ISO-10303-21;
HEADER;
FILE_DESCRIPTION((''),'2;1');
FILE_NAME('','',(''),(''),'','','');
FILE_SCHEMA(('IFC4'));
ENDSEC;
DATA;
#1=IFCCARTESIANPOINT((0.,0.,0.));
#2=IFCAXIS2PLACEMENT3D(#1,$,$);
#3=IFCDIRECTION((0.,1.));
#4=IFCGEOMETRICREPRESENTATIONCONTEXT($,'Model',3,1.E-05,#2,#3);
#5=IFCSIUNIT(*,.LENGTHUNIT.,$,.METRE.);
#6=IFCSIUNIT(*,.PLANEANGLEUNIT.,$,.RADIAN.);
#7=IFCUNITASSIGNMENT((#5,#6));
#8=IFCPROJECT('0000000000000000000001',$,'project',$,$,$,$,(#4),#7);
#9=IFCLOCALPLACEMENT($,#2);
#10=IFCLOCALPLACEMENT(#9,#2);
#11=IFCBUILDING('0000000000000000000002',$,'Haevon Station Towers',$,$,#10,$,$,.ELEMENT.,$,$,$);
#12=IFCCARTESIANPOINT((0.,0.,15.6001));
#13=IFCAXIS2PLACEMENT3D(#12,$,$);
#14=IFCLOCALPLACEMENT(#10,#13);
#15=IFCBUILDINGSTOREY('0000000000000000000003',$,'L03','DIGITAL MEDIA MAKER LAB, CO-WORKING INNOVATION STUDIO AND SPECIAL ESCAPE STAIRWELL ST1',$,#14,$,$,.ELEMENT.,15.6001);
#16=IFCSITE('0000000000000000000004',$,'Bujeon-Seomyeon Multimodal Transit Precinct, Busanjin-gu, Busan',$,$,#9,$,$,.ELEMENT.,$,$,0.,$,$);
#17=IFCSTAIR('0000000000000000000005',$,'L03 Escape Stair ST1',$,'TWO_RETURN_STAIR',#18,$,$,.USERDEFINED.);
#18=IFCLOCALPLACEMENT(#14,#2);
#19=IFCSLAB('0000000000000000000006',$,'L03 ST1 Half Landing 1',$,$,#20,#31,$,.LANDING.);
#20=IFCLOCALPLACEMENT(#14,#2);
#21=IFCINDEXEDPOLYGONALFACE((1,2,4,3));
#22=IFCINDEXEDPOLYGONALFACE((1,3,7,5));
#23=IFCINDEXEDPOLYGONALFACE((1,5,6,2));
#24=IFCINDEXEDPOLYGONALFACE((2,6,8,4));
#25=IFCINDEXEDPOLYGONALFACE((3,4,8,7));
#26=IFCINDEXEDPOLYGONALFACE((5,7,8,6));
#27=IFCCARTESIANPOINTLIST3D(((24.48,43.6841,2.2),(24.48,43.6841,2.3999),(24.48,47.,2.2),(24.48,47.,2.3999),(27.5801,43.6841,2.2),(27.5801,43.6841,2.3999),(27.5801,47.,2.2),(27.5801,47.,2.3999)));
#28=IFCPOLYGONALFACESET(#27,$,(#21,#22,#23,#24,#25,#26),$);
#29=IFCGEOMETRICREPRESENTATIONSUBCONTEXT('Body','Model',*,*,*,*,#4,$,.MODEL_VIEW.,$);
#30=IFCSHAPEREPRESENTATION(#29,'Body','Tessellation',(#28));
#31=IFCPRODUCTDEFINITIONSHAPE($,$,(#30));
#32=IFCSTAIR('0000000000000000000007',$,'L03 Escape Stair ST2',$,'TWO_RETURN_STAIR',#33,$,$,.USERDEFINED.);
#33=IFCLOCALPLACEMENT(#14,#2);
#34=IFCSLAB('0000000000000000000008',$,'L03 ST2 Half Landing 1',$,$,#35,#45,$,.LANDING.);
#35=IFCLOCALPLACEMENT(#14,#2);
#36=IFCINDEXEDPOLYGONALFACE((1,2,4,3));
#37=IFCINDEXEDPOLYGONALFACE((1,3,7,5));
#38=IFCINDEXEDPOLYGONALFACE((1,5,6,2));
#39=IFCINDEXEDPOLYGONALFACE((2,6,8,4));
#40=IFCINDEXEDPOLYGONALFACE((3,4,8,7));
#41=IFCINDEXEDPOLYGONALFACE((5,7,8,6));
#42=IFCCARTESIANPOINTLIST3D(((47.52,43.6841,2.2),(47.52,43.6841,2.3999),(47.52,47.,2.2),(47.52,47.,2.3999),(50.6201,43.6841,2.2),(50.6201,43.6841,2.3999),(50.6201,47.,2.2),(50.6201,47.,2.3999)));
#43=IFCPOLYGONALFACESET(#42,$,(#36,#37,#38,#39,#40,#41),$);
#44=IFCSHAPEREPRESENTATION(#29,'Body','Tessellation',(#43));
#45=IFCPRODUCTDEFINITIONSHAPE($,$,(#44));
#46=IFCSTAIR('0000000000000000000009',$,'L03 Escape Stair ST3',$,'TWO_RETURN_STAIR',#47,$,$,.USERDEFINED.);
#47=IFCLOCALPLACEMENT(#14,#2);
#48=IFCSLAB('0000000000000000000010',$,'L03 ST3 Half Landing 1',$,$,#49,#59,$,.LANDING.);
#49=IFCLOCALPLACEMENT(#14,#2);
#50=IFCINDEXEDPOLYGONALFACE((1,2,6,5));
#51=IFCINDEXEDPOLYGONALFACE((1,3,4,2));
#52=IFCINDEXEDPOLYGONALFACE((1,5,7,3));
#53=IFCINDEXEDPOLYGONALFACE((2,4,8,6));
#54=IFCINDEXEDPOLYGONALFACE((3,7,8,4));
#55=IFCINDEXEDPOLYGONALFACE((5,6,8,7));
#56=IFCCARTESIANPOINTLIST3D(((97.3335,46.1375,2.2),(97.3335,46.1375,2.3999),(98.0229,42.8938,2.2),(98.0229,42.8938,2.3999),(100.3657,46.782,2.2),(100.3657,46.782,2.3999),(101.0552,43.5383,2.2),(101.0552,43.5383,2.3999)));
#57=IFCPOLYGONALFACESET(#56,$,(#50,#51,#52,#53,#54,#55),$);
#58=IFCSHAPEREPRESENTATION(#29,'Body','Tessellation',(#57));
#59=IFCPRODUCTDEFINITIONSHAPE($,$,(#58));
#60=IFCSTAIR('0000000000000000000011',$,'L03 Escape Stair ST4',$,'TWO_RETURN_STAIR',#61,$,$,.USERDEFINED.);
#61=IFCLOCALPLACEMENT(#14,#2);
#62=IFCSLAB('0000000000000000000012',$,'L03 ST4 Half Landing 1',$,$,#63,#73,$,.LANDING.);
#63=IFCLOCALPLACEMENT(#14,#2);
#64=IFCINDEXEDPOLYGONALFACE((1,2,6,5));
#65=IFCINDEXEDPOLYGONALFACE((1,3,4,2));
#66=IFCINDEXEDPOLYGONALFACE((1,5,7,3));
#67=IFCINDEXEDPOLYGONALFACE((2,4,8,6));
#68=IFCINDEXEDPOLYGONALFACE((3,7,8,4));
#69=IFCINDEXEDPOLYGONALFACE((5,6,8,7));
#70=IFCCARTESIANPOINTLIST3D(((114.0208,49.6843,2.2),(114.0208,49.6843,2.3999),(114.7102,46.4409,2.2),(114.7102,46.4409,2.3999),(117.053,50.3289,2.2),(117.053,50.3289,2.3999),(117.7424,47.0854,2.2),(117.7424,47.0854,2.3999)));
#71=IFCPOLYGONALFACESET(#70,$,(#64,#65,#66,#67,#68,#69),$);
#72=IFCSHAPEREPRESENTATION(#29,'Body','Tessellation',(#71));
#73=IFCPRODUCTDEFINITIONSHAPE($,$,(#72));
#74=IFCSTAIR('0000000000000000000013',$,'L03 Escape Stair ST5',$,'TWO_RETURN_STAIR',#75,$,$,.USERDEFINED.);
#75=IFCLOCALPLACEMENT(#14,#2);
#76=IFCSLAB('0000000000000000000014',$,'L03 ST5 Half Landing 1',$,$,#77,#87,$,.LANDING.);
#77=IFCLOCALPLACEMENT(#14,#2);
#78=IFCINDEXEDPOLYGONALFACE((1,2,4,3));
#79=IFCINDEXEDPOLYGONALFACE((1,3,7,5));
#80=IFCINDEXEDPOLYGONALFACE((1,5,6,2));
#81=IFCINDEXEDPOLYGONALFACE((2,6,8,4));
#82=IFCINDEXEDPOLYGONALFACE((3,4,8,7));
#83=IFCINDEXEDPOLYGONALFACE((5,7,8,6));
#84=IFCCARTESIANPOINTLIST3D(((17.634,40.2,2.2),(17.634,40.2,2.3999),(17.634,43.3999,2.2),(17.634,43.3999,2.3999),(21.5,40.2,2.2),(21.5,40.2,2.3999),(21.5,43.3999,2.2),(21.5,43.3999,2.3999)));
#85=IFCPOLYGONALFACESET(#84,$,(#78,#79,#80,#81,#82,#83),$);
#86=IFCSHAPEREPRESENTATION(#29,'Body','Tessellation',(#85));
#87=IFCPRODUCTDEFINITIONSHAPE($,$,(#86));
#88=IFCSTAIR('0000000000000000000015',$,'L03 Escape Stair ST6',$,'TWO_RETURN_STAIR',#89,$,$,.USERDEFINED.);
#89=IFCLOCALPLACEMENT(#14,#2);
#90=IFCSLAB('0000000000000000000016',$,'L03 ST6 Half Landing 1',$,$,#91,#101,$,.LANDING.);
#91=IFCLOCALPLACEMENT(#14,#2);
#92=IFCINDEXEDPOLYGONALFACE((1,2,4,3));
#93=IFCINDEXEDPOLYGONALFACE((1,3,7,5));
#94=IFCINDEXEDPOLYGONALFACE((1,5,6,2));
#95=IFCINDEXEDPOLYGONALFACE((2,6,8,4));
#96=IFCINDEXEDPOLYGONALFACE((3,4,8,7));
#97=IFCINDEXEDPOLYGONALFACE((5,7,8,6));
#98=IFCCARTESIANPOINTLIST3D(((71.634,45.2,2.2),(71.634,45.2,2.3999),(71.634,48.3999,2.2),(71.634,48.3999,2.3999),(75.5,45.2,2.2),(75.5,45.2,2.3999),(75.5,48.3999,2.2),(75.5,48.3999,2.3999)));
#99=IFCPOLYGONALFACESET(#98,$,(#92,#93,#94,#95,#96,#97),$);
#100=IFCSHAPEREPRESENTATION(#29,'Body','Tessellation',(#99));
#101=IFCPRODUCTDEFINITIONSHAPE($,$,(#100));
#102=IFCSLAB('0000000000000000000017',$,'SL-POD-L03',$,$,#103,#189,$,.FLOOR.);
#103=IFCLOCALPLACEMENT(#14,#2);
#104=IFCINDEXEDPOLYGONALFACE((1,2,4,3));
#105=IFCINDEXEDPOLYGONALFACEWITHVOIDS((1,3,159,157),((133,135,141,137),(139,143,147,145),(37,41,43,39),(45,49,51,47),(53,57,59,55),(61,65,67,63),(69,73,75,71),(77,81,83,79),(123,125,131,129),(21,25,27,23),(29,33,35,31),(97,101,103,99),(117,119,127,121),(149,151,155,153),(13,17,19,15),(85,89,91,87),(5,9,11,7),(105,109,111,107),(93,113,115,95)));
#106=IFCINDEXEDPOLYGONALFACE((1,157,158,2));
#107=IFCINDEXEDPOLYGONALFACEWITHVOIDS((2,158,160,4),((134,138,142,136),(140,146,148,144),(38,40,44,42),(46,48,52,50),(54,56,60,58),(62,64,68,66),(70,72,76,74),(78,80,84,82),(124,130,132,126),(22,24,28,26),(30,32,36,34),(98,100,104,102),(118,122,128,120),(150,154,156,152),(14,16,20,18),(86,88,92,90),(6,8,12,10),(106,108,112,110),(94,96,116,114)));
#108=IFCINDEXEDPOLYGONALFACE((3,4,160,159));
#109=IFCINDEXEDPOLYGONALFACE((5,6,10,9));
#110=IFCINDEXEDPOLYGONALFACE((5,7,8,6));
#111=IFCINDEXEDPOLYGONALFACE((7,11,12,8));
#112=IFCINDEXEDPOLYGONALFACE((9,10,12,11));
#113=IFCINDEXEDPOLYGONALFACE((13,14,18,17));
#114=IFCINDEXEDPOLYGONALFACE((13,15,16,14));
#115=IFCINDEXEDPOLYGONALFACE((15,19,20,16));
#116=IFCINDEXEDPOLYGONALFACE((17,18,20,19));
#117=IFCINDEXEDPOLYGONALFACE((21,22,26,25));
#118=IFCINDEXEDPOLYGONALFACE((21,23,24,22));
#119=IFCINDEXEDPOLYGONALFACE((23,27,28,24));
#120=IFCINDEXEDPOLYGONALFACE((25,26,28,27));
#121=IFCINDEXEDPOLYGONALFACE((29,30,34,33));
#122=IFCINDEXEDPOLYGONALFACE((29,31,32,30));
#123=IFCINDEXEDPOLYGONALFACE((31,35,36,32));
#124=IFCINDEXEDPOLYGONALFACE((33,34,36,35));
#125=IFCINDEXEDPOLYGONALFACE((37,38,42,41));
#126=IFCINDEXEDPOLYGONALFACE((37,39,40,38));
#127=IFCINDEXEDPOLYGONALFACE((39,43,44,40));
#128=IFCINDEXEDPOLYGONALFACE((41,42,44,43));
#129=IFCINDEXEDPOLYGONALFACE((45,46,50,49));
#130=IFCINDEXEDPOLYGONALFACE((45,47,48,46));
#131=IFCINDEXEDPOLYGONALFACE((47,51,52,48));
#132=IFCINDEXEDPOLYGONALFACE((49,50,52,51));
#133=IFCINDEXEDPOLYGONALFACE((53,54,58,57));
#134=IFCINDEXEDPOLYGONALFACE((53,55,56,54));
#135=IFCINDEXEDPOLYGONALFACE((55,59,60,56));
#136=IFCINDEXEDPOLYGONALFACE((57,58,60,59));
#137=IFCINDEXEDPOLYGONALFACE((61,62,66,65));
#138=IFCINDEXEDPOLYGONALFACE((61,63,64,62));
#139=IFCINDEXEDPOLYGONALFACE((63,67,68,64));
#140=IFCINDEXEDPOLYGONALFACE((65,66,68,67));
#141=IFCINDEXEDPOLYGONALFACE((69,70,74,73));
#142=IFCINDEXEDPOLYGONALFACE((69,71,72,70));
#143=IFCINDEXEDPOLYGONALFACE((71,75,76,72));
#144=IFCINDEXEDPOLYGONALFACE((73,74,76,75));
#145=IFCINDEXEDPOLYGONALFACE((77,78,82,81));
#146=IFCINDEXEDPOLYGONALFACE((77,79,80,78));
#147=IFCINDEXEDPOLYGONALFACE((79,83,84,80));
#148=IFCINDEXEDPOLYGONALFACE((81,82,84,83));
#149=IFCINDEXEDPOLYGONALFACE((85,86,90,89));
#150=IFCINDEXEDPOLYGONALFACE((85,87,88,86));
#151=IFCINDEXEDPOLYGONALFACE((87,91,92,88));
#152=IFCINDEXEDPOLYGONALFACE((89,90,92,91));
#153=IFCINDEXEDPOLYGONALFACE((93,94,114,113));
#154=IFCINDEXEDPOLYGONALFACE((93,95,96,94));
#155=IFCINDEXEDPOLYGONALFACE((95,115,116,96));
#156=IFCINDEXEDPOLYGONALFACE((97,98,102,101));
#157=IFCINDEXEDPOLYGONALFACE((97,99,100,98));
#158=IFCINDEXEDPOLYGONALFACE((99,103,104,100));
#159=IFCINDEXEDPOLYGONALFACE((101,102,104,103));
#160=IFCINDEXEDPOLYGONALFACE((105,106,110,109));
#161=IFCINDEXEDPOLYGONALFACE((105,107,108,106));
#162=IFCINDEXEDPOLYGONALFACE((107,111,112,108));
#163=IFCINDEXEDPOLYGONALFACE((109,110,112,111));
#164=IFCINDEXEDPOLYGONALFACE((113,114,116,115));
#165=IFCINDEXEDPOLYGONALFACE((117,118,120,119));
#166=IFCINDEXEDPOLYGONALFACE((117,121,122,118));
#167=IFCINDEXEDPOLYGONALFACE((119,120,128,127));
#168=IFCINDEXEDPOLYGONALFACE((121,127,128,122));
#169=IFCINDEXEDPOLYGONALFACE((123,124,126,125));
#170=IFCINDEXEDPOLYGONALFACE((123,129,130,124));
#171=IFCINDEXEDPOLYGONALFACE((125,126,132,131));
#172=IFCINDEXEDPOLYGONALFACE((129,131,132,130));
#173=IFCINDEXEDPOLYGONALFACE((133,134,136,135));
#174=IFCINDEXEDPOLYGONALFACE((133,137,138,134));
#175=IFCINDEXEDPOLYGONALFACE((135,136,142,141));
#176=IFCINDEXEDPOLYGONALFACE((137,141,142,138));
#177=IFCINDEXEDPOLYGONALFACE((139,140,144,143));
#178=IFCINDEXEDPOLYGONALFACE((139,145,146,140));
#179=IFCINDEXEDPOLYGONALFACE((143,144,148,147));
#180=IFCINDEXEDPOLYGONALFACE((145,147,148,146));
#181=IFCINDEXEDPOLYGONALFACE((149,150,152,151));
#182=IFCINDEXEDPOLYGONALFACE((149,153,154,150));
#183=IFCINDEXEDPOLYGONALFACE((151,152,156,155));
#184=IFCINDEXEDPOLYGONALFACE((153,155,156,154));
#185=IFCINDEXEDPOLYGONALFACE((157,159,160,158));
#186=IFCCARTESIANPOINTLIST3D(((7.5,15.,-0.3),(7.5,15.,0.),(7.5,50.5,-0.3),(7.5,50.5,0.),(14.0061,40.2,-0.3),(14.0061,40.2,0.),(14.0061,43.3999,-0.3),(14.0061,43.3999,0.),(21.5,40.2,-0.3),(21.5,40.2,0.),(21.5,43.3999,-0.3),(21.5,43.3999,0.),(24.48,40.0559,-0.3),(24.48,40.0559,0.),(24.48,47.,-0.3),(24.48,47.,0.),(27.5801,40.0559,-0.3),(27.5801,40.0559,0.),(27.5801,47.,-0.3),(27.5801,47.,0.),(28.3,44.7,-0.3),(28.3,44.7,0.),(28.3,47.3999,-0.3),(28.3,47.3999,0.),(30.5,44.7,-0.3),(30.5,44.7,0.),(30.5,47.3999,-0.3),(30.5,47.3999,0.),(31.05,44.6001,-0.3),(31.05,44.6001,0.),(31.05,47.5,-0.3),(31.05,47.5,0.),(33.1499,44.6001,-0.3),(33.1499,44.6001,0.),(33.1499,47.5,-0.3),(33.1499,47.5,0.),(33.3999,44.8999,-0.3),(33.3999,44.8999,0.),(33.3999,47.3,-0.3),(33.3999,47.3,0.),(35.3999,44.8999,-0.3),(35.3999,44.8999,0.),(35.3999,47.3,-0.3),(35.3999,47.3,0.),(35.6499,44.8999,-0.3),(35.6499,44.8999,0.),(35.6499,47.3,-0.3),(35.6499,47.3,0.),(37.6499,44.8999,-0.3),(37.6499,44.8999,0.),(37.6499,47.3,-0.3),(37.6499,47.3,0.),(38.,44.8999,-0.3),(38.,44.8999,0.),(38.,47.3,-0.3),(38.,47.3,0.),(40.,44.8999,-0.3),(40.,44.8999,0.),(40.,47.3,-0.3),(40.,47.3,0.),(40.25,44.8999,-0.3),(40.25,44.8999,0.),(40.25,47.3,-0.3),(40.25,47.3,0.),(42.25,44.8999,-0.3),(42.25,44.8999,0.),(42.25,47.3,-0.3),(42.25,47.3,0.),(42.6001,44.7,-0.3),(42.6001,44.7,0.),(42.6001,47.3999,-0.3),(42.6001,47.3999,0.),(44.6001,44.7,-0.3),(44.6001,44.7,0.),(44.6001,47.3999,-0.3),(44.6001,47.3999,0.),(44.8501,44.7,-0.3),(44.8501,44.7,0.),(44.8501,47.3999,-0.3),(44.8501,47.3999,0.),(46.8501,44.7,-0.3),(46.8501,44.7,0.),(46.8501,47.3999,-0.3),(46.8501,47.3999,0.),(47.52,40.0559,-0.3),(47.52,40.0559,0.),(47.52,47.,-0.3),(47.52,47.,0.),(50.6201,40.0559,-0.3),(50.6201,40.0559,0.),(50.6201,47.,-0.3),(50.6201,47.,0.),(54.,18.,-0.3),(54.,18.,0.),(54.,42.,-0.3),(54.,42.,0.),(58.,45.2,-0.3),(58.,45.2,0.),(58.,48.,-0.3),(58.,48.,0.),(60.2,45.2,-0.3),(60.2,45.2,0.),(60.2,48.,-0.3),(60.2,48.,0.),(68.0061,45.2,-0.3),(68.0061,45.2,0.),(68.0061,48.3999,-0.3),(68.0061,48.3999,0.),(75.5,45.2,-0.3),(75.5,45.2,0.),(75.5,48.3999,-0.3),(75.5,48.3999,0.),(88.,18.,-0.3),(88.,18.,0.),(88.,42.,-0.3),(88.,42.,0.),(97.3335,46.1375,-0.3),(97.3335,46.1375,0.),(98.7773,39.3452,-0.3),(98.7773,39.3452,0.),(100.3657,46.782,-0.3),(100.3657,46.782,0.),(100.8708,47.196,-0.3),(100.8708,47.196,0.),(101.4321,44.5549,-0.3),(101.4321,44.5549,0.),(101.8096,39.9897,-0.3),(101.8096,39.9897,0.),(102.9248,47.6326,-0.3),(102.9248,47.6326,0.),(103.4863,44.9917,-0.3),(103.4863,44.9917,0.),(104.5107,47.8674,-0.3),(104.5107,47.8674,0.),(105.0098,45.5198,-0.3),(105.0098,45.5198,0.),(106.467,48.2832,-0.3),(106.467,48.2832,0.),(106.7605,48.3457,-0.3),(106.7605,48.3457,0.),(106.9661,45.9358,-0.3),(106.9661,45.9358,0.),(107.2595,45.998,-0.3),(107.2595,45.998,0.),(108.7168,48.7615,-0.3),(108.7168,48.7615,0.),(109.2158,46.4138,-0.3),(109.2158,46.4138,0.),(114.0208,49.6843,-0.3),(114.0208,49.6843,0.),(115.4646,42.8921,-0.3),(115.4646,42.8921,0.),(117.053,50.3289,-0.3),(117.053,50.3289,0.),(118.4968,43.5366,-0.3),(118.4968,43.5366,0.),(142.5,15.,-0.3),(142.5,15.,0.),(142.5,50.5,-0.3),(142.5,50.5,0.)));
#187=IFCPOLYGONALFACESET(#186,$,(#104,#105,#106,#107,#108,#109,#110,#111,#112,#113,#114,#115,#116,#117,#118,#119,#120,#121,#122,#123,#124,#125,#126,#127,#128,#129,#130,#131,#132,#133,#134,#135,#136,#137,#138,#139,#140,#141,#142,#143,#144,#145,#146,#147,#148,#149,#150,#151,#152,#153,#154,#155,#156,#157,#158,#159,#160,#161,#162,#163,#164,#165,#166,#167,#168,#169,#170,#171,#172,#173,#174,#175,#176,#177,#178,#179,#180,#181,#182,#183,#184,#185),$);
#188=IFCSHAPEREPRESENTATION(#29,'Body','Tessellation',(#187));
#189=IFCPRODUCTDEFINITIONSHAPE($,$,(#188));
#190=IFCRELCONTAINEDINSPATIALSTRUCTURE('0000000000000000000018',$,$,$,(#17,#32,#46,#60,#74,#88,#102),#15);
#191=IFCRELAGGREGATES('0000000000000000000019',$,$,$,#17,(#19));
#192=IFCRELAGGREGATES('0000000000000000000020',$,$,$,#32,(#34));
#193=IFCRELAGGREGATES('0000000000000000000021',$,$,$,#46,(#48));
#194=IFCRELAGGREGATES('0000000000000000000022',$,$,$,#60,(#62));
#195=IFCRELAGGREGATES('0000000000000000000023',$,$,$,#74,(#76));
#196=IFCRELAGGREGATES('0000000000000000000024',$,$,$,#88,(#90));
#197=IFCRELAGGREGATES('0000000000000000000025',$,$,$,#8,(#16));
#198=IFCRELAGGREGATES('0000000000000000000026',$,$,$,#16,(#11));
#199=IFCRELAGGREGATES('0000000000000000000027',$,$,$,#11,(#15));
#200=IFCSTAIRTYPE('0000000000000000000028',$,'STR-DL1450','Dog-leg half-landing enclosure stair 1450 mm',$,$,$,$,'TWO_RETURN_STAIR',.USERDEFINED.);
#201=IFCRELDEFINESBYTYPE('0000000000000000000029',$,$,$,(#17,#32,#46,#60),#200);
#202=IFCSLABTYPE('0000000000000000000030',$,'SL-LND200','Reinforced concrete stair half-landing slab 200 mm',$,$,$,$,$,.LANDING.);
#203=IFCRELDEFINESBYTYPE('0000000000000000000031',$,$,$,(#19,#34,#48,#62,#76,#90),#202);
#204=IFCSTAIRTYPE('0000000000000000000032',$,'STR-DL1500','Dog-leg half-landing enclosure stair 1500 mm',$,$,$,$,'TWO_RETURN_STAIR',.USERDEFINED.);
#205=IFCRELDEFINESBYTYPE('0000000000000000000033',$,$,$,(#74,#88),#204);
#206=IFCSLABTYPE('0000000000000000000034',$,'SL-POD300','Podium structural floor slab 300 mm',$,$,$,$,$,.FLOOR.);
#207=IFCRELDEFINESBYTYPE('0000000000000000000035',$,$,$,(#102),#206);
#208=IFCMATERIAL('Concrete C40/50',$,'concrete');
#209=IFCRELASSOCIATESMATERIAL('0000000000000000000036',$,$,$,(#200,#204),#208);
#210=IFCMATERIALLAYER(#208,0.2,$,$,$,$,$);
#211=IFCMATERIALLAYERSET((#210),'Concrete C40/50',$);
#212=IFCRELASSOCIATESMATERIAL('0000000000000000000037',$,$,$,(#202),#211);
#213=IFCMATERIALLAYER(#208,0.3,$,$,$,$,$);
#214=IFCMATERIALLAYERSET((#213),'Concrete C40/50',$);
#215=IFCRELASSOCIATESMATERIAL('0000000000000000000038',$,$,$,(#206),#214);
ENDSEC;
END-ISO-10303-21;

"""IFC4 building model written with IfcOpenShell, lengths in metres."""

from ifc_helpers import new_model, si_unit, direction, frame, origin, place, context, subcontext, project, spatial, polyline, outline, extrude, material, layer, layer_set, type_object, element, aggregate, save


model = new_model("IFC4")

# Units and contexts
model_context = context("Model", 3, precision=1e-05, world=origin(), true_north=direction((0.0, 1.0)))
body_context = subcontext(model_context, "Body", "Model", "MODEL_VIEW")
ifc_project = project(units=[si_unit("LENGTHUNIT", "METRE"), si_unit("PLANEANGLEUNIT", "RADIAN")], contexts=[model_context])

# Site, building, storey
site_placement = place(None, origin())
site = spatial("IfcSite", under=ifc_project, at=site_placement, Name="Bujeon-Seomyeon Multimodal Transit Precinct, Busanjin-gu, Busan", CompositionType="ELEMENT", RefElevation=0.0)
building_placement = place(site_placement, origin())
building = spatial("IfcBuilding", under=site, at=building_placement, Name="Haevon Station Towers", CompositionType="ELEMENT")
storey_placement = place(building_placement, frame((0.0, 0.0, 15.6001)))
storey = spatial("IfcBuildingStorey", under=building, at=storey_placement, Name="L03", Description="DIGITAL MEDIA MAKER LAB, CO-WORKING INNOVATION STUDIO AND SPECIAL ESCAPE STAIRWELL ST1", CompositionType="ELEMENT", Elevation=15.6001)

# Stairs, slabs
ifc_material_1 = material(Name="Concrete C40/50", Category="concrete")
stair_type_1 = type_object("IfcStairType", Name="STR-DL1450", Description="Dog-leg half-landing enclosure stair 1450 mm", ElementType="TWO_RETURN_STAIR", PredefinedType="USERDEFINED", material=ifc_material_1)
stair_1_placement = place(storey_placement, origin())
stair_1 = element("IfcStair", 1, at=stair_1_placement, inside=storey, type_object=stair_type_1, Name="L03 Escape Stair ST1", ObjectType="TWO_RETURN_STAIR", PredefinedType="USERDEFINED")
ifc_layer_1 = layer(ifc_material_1, 0.2)
ifc_layer_set_1 = layer_set([ifc_layer_1], Name="Concrete C40/50")
slab_type_1 = type_object("IfcSlabType", Name="SL-LND200", Description="Reinforced concrete stair half-landing slab 200 mm", PredefinedType="LANDING", material=ifc_layer_set_1)
slab_1_placement = place(storey_placement, frame((0.0, 0.0, 2.2)))
slab_1 = element("IfcSlab", 2, at=slab_1_placement, type_object=slab_type_1, Name="L03 ST1 Half Landing 1", PredefinedType="LANDING", context=body_context, shape_type="SweptSolid", body=[
    extrude(outline(polyline([(27.5801, 43.6841), (27.5801, 47.0), (24.48, 47.0), (24.48, 43.6841), (27.5801, 43.6841)])), origin(), (0.0, 0.0, 1.0), 0.2),
])
aggregate(stair_1, [slab_1])
stair_2_placement = place(storey_placement, origin())
stair_2 = element("IfcStair", 3, at=stair_2_placement, inside=storey, type_object=stair_type_1, Name="L03 Escape Stair ST2", ObjectType="TWO_RETURN_STAIR", PredefinedType="USERDEFINED")
slab_2_placement = place(storey_placement, frame((0.0, 0.0, 2.2)))
slab_2 = element("IfcSlab", 4, at=slab_2_placement, type_object=slab_type_1, Name="L03 ST2 Half Landing 1", PredefinedType="LANDING", context=body_context, shape_type="SweptSolid", body=[
    extrude(outline(polyline([(50.6201, 43.6841), (50.6201, 47.0), (47.52, 47.0), (47.52, 43.6841), (50.6201, 43.6841)])), origin(), (0.0, 0.0, 1.0), 0.2),
])
aggregate(stair_2, [slab_2])
stair_3_placement = place(storey_placement, origin())
stair_3 = element("IfcStair", 5, at=stair_3_placement, inside=storey, type_object=stair_type_1, Name="L03 Escape Stair ST3", ObjectType="TWO_RETURN_STAIR", PredefinedType="USERDEFINED")
slab_3_placement = place(storey_placement, frame((0.0, 0.0, 2.2)))
slab_3 = element("IfcSlab", 6, at=slab_3_placement, type_object=slab_type_1, Name="L03 ST3 Half Landing 1", PredefinedType="LANDING", context=body_context, shape_type="SweptSolid", body=[
    extrude(outline(polyline([(101.0552, 43.5383), (100.3657, 46.782), (97.3335, 46.1375), (98.0229, 42.8938), (101.0552, 43.5383)])), origin(), (0.0, 0.0, 1.0), 0.2),
])
aggregate(stair_3, [slab_3])
stair_4_placement = place(storey_placement, origin())
stair_4 = element("IfcStair", 7, at=stair_4_placement, inside=storey, type_object=stair_type_1, Name="L03 Escape Stair ST4", ObjectType="TWO_RETURN_STAIR", PredefinedType="USERDEFINED")
slab_4_placement = place(storey_placement, frame((0.0, 0.0, 2.2)))
slab_4 = element("IfcSlab", 8, at=slab_4_placement, type_object=slab_type_1, Name="L03 ST4 Half Landing 1", PredefinedType="LANDING", context=body_context, shape_type="SweptSolid", body=[
    extrude(outline(polyline([(117.7424, 47.0854), (117.053, 50.3289), (114.0208, 49.6843), (114.7102, 46.4409), (117.7424, 47.0854)])), origin(), (0.0, 0.0, 1.0), 0.2),
])
aggregate(stair_4, [slab_4])
stair_type_2 = type_object("IfcStairType", Name="STR-DL1500", Description="Dog-leg half-landing enclosure stair 1500 mm", ElementType="TWO_RETURN_STAIR", PredefinedType="USERDEFINED", material=ifc_material_1)
stair_5_placement = place(storey_placement, origin())
stair_5 = element("IfcStair", 9, at=stair_5_placement, inside=storey, type_object=stair_type_2, Name="L03 Escape Stair ST5", ObjectType="TWO_RETURN_STAIR", PredefinedType="USERDEFINED")
slab_5_placement = place(storey_placement, frame((0.0, 0.0, 2.2)))
slab_5 = element("IfcSlab", 10, at=slab_5_placement, type_object=slab_type_1, Name="L03 ST5 Half Landing 1", PredefinedType="LANDING", context=body_context, shape_type="SweptSolid", body=[
    extrude(outline(polyline([(17.634, 40.2), (21.5, 40.2), (21.5, 43.3999), (17.634, 43.3999), (17.634, 40.2)])), origin(), (0.0, 0.0, 1.0), 0.2),
])
aggregate(stair_5, [slab_5])
stair_6_placement = place(storey_placement, origin())
stair_6 = element("IfcStair", 11, at=stair_6_placement, inside=storey, type_object=stair_type_2, Name="L03 Escape Stair ST6", ObjectType="TWO_RETURN_STAIR", PredefinedType="USERDEFINED")
slab_6_placement = place(storey_placement, frame((0.0, 0.0, 2.2)))
slab_6 = element("IfcSlab", 12, at=slab_6_placement, type_object=slab_type_1, Name="L03 ST6 Half Landing 1", PredefinedType="LANDING", context=body_context, shape_type="SweptSolid", body=[
    extrude(outline(polyline([(71.634, 45.2), (75.5, 45.2), (75.5, 48.3999), (71.634, 48.3999), (71.634, 45.2)])), origin(), (0.0, 0.0, 1.0), 0.2),
])
aggregate(stair_6, [slab_6])

# Slab
ifc_layer_2 = layer(ifc_material_1, 0.3)
ifc_layer_set_2 = layer_set([ifc_layer_2], Name="Concrete C40/50")
slab_type_2 = type_object("IfcSlabType", Name="SL-POD300", Description="Podium structural floor slab 300 mm", PredefinedType="FLOOR", material=ifc_layer_set_2)
slab_7_placement = place(storey_placement, frame((0.0, 0.0, -0.3)))
element("IfcSlab", 13, at=slab_7_placement, inside=storey, type_object=slab_type_2, Name="SL-POD-L03", PredefinedType="FLOOR", context=body_context, shape_type="SweptSolid", body=[
    extrude(outline(polyline([(7.5, 15.0), (142.5, 15.0), (142.5, 50.5), (7.5, 50.5), (7.5, 15.0)]), holes=[polyline([(54.0, 18.0), (88.0, 18.0), (88.0, 42.0), (54.0, 42.0), (54.0, 18.0)]), polyline([(27.5801, 40.0559), (27.5801, 47.0), (24.48, 47.0), (24.48, 40.0559), (27.5801, 40.0559)]), polyline([(50.6201, 40.0559), (50.6201, 47.0), (47.52, 47.0), (47.52, 40.0559), (50.6201, 40.0559)]), polyline([(101.8096, 39.9897), (100.3657, 46.782), (97.3335, 46.1375), (98.7773, 39.3452), (101.8096, 39.9897)]), polyline([(118.4968, 43.5366), (117.053, 50.3289), (114.0208, 49.6843), (115.4646, 42.8921), (118.4968, 43.5366)]), polyline([(14.0061, 40.2), (21.5, 40.2), (21.5, 43.3999), (14.0061, 43.3999), (14.0061, 40.2)]), polyline([(68.0061, 45.2), (75.5, 45.2), (75.5, 48.3999), (68.0061, 48.3999), (68.0061, 45.2)]), polyline([(28.3, 44.7), (30.5, 44.7), (30.5, 47.3999), (28.3, 47.3999), (28.3, 44.7)]), polyline([(101.4321, 44.5549), (103.4863, 44.9917), (102.9248, 47.6326), (100.8708, 47.196), (101.4321, 44.5549)]), polyline([(31.05, 44.6001), (33.1499, 44.6001), (33.1499, 47.5), (31.05, 47.5), (31.05, 44.6001)]), polyline([(33.3999, 44.8999), (35.3999, 44.8999), (35.3999, 47.3), (33.3999, 47.3), (33.3999, 44.8999)]), polyline([(35.6499, 44.8999), (37.6499, 44.8999), (37.6499, 47.3), (35.6499, 47.3), (35.6499, 44.8999)]), polyline([(38.0, 44.8999), (40.0, 44.8999), (40.0, 47.3), (38.0, 47.3), (38.0, 44.8999)]), polyline([(40.25, 44.8999), (42.25, 44.8999), (42.25, 47.3), (40.25, 47.3), (40.25, 44.8999)]), polyline([(42.6001, 44.7), (44.6001, 44.7), (44.6001, 47.3999), (42.6001, 47.3999), (42.6001, 44.7)]), polyline([(44.8501, 44.7), (46.8501, 44.7), (46.8501, 47.3999), (44.8501, 47.3999), (44.8501, 44.7)]), polyline([(105.0098, 45.5198), (106.9661, 45.9358), (106.467, 48.2832), (104.5107, 47.8674), (105.0098, 45.5198)]), polyline([(107.2595, 45.998), (109.2158, 46.4138), (108.7168, 48.7615), (106.7605, 48.3457), (107.2595, 45.998)]), polyline([(58.0, 45.2), (60.2, 45.2), (60.2, 48.0), (58.0, 48.0), (58.0, 45.2)])]), origin(), (0.0, 0.0, 1.0), 0.3),
])

save(model, "model.ifc")
